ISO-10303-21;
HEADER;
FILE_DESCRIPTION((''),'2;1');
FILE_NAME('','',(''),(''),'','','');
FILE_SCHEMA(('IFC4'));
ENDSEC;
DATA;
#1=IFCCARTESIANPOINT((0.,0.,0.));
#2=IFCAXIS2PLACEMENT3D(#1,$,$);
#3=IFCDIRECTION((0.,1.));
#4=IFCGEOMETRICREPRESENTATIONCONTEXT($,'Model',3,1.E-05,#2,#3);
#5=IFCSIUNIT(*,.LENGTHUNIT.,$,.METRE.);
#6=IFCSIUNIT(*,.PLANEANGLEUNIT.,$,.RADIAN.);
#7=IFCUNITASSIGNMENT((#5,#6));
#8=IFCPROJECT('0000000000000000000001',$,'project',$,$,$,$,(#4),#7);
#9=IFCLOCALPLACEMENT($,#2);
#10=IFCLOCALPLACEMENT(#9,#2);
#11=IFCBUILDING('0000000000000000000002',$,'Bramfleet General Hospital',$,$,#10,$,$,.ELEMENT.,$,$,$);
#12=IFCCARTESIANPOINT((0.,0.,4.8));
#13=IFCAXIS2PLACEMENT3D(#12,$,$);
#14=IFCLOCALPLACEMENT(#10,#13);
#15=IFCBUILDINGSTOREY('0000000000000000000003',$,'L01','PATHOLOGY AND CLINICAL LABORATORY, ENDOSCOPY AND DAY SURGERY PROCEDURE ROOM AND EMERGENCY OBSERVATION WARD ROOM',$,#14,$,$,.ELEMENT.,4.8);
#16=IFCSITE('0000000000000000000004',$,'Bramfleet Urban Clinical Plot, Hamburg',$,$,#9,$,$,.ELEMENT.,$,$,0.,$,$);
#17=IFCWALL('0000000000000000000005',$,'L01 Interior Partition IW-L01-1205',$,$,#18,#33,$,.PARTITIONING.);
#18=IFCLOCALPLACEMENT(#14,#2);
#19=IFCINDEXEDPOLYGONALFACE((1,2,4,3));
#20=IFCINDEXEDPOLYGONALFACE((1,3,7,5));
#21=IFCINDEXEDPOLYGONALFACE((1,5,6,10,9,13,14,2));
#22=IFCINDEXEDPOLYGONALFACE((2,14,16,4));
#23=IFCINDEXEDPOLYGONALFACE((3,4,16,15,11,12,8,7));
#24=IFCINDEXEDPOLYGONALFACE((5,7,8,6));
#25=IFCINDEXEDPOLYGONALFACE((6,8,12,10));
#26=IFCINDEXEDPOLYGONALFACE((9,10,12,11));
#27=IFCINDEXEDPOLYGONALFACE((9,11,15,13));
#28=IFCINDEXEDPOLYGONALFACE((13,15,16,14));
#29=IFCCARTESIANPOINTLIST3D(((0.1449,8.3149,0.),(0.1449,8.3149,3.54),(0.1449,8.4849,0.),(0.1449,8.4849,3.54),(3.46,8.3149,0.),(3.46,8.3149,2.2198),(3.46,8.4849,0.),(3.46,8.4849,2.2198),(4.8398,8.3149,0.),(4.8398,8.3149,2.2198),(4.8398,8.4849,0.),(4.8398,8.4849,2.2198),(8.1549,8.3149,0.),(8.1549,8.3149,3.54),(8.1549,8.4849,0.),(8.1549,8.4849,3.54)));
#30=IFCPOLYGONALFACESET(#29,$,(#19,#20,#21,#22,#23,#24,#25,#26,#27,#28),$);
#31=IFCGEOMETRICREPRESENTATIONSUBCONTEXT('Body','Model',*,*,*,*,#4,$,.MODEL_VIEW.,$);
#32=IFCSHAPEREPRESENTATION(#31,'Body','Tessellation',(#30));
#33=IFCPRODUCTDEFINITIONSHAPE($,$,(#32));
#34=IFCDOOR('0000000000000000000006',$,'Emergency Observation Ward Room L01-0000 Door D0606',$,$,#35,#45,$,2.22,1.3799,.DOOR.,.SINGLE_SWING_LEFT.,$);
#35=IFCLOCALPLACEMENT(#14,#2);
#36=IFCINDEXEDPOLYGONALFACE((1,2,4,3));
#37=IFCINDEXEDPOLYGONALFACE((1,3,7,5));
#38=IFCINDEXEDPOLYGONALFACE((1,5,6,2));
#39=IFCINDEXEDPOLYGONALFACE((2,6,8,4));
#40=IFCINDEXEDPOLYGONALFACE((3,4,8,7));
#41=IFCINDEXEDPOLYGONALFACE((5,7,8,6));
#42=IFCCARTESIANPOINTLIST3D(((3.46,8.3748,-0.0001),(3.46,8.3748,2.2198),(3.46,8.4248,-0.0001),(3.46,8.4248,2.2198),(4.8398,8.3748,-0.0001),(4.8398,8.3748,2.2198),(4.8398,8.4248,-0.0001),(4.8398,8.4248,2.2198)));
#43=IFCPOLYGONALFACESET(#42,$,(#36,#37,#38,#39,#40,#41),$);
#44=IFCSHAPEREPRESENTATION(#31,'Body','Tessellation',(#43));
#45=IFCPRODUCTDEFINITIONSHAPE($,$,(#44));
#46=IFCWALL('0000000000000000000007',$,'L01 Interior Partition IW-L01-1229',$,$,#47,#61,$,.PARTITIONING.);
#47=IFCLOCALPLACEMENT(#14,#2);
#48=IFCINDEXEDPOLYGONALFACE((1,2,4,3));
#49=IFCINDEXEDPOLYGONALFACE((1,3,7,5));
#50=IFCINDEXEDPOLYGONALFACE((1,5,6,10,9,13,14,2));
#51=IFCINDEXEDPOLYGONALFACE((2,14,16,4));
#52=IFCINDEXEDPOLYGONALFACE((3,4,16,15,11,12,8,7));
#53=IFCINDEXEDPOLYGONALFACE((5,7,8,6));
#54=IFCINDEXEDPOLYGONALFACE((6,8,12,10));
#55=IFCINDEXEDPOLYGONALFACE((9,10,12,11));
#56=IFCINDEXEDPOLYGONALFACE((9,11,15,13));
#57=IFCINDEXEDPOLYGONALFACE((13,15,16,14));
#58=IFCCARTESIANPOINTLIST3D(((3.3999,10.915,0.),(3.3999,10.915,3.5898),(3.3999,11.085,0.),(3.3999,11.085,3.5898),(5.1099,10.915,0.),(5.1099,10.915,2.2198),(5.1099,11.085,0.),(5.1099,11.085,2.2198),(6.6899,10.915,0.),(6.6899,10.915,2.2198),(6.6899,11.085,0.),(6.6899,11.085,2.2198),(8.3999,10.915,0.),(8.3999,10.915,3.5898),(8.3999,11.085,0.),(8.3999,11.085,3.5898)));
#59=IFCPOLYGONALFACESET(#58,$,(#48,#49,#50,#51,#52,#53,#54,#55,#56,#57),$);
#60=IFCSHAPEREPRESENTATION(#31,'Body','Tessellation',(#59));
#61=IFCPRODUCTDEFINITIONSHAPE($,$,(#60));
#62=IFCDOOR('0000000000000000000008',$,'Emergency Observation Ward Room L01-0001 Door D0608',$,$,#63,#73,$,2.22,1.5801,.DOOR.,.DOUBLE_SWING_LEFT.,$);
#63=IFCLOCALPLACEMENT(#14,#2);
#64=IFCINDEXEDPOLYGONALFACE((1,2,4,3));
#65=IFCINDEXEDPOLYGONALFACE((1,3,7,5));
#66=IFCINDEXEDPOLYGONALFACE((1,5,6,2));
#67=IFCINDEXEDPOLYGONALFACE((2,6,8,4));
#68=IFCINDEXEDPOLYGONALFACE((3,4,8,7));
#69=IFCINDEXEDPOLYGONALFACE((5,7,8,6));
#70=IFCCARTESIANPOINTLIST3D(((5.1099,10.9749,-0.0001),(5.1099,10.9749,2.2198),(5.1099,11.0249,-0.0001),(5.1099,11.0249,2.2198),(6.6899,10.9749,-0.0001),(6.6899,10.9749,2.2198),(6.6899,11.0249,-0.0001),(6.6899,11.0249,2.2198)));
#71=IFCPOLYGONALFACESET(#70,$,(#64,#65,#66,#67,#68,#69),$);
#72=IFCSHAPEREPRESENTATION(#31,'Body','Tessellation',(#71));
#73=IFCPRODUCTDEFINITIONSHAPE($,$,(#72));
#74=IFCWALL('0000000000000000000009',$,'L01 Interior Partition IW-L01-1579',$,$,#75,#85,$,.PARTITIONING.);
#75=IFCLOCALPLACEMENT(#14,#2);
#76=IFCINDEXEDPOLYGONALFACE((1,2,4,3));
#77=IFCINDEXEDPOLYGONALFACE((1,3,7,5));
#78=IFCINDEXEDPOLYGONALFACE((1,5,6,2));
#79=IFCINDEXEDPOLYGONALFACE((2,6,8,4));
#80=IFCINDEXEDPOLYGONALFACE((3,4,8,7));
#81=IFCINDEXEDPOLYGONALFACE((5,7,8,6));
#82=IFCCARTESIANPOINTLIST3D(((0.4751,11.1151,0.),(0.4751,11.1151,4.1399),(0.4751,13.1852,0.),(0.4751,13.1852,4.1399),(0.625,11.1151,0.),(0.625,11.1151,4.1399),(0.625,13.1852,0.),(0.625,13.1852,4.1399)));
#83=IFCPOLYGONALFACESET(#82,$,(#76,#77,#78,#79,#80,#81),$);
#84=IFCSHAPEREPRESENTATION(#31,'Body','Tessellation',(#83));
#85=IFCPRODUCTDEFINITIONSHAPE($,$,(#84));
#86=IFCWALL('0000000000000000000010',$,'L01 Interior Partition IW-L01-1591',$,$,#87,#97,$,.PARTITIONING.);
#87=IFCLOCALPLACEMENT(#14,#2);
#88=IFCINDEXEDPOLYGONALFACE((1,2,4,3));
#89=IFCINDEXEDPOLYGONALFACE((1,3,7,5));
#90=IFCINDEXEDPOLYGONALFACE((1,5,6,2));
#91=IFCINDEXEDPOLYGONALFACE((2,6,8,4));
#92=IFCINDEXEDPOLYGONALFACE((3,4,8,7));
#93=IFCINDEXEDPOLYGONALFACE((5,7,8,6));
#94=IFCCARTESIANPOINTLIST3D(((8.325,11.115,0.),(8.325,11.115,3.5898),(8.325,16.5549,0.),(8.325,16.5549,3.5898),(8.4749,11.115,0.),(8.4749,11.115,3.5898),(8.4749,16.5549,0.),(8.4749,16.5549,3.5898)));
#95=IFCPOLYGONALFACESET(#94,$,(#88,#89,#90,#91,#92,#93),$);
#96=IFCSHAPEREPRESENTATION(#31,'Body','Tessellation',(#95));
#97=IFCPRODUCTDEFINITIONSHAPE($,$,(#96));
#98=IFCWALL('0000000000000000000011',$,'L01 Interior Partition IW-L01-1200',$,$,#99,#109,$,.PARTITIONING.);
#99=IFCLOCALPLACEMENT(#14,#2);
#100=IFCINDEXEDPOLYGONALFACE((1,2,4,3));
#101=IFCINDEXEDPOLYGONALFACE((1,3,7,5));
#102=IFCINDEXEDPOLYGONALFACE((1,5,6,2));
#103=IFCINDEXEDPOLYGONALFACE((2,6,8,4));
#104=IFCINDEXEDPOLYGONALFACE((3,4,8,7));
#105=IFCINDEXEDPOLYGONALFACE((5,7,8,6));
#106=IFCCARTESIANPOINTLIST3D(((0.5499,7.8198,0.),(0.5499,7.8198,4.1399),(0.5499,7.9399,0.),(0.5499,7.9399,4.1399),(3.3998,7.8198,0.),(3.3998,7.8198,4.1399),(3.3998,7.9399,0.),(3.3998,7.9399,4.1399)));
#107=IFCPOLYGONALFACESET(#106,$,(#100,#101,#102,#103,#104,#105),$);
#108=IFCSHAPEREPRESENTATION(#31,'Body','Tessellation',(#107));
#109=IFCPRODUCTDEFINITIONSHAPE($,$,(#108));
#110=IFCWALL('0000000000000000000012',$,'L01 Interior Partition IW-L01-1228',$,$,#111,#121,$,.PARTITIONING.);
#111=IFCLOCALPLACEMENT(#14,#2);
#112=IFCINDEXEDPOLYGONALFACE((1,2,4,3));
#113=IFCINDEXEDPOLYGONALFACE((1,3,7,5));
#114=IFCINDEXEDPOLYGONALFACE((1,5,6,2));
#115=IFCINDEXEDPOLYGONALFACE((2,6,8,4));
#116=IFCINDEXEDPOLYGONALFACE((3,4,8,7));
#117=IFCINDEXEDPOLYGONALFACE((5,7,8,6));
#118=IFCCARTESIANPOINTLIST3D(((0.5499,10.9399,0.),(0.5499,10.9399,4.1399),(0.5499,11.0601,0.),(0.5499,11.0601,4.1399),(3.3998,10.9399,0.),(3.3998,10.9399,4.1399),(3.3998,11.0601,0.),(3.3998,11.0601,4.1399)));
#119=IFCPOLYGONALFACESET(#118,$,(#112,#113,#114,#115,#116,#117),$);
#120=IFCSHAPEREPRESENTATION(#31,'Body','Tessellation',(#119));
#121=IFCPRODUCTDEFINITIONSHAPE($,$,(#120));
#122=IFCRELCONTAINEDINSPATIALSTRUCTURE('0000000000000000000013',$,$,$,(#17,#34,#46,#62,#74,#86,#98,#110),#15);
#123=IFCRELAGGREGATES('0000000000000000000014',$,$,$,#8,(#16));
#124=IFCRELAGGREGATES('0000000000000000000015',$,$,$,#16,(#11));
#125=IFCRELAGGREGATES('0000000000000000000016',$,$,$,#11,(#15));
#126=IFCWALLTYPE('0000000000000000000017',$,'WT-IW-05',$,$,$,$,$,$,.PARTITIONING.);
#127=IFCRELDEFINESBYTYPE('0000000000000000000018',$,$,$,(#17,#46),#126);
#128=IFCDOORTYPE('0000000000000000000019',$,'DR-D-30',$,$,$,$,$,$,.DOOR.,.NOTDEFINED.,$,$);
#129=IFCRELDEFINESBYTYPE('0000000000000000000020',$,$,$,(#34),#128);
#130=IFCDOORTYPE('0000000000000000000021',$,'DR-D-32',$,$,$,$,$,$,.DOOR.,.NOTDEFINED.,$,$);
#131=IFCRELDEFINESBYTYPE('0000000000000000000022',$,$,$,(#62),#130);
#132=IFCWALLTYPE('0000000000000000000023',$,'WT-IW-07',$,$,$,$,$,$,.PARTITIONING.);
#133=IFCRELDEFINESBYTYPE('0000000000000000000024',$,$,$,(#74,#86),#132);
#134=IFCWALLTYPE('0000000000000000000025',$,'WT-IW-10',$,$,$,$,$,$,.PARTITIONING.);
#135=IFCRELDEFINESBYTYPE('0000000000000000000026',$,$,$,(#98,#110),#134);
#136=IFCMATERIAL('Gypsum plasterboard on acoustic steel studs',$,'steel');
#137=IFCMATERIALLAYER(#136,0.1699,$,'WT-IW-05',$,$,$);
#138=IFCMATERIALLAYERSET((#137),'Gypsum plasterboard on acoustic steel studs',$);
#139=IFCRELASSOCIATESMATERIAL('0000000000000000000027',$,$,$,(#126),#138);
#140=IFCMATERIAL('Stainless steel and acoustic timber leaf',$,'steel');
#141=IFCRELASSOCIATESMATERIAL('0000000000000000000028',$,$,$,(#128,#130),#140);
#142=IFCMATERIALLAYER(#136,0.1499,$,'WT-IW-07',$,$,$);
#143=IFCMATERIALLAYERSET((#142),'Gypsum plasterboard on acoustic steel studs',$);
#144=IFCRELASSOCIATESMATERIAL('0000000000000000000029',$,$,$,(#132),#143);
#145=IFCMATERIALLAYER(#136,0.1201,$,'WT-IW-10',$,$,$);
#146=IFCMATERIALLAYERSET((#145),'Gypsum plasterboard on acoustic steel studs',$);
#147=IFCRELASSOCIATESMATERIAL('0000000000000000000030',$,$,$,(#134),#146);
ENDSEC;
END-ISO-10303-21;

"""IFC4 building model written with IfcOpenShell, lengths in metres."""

from ifc_helpers import new_model, si_unit, direction, frame, frame_2d, origin, place, context, subcontext, project, spatial, rectangle, extrude, material, layer, layer_set, type_object, element, fill, save


model = new_model("IFC4")

# Units and contexts
model_context = context("Model", 3, precision=1e-05, world=origin(), true_north=direction((0.0, 1.0)))
body_context = subcontext(model_context, "Body", "Model", "MODEL_VIEW")
ifc_project = project(units=[si_unit("LENGTHUNIT", "METRE"), si_unit("PLANEANGLEUNIT", "RADIAN")], contexts=[model_context])

# Site, building, storey
site_placement = place(None, origin())
site = spatial("IfcSite", under=ifc_project, at=site_placement, Name="Bramfleet Urban Clinical Plot, Hamburg", CompositionType="ELEMENT", RefElevation=0.0)
building_placement = place(site_placement, origin())
building = spatial("IfcBuilding", under=site, at=building_placement, Name="Bramfleet General Hospital", CompositionType="ELEMENT")
storey_placement = place(building_placement, frame((0.0, 0.0, 4.8)))
storey = spatial("IfcBuildingStorey", under=building, at=storey_placement, Name="L01", Description="PATHOLOGY AND CLINICAL LABORATORY, ENDOSCOPY AND DAY SURGERY PROCEDURE ROOM AND EMERGENCY OBSERVATION WARD ROOM", CompositionType="ELEMENT", Elevation=4.8)

# Walls, openings, doors
ifc_material_1 = material(Name="Gypsum plasterboard on acoustic steel studs", Category="steel")
ifc_layer_1 = layer(ifc_material_1, 0.1699, Name="WT-IW-05")
ifc_layer_set_1 = layer_set([ifc_layer_1], Name="Gypsum plasterboard on acoustic steel studs")
wall_type_1 = type_object("IfcWallType", Name="WT-IW-05", PredefinedType="PARTITIONING", material=ifc_layer_set_1)
wall_1_placement = place(storey_placement, frame((0.145, 8.3999, 0.0), z_axis=(0.0, 0.0, 1.0), x_axis=(1.0, 0.0, 0.0)))
wall_1 = element("IfcWall", 1, at=wall_1_placement, inside=storey, type_object=wall_type_1, Name="L01 Interior Partition IW-L01-1205", PredefinedType="PARTITIONING", context=body_context, shape_type="SweptSolid", body=[
    extrude(rectangle(XDim=8.01, YDim=0.1699, at=frame_2d((4.0049, 0.0))), origin(), (0.0, 0.0, 1.0), 3.54),
])
opening_1_placement = place(wall_1_placement, frame((3.3149, 0.0, 0.0)))
opening_1 = element("IfcOpeningElement", 2, at=opening_1_placement, cuts=wall_1, PredefinedType="OPENING", context=body_context, shape_type="SweptSolid", body=[
    extrude(rectangle(XDim=1.3799, YDim=2.22, at=frame_2d((0.6899, 1.1099))), frame((0.0, 0.095, 0.0), z_axis=(0.0, -1.0, 0.0), x_axis=(1.0, 0.0, 0.0)), (0.0, 0.0, 1.0), 0.1899),
])
ifc_material_2 = material(Name="Stainless steel and acoustic timber leaf", Category="steel")
door_type_1 = type_object("IfcDoorType", Name="DR-D-30", OperationType="NOTDEFINED", PredefinedType="DOOR", material=ifc_material_2)
door_1_placement = place(opening_1_placement, origin())
door_1 = element("IfcDoor", 3, at=door_1_placement, inside=storey, type_object=door_type_1, Name="Emergency Observation Ward Room L01-0000 Door D0606", OperationType="SINGLE_SWING_LEFT", OverallHeight=2.22, OverallWidth=1.3799, PredefinedType="DOOR", context=body_context, shape_type="SweptSolid", body=[
    extrude(rectangle(XDim=1.3799, YDim=2.22, at=frame_2d((0.6899, 1.1099))), frame((0.0, 0.0249, 0.0), z_axis=(0.0, -1.0, 0.0), x_axis=(1.0, 0.0, 0.0)), (0.0, 0.0, 1.0), 0.05),
])
fill(opening_1, door_1)
wall_2_placement = place(storey_placement, frame((3.3999, 11.0, 0.0), z_axis=(0.0, 0.0, 1.0), x_axis=(1.0, 0.0, 0.0)))
wall_2 = element("IfcWall", 4, at=wall_2_placement, inside=storey, type_object=wall_type_1, Name="L01 Interior Partition IW-L01-1229", PredefinedType="PARTITIONING", context=body_context, shape_type="SweptSolid", body=[
    extrude(rectangle(XDim=5.0, YDim=0.1699, at=frame_2d((2.5, 0.0))), origin(), (0.0, 0.0, 1.0), 3.5898),
])
opening_2_placement = place(wall_2_placement, frame((1.71, 0.0, 0.0)))
opening_2 = element("IfcOpeningElement", 5, at=opening_2_placement, cuts=wall_2, PredefinedType="OPENING", context=body_context, shape_type="SweptSolid", body=[
    extrude(rectangle(XDim=1.5801, YDim=2.22, at=frame_2d((0.79, 1.1099))), frame((0.0, 0.095, 0.0), z_axis=(0.0, -1.0, 0.0), x_axis=(1.0, 0.0, 0.0)), (0.0, 0.0, 1.0), 0.1899),
])
door_type_2 = type_object("IfcDoorType", Name="DR-D-32", OperationType="NOTDEFINED", PredefinedType="DOOR", material=ifc_material_2)
door_2_placement = place(opening_2_placement, origin())
door_2 = element("IfcDoor", 6, at=door_2_placement, inside=storey, type_object=door_type_2, Name="Emergency Observation Ward Room L01-0001 Door D0608", OperationType="DOUBLE_SWING_LEFT", OverallHeight=2.22, OverallWidth=1.5801, PredefinedType="DOOR", context=body_context, shape_type="SweptSolid", body=[
    extrude(rectangle(XDim=1.5801, YDim=2.22, at=frame_2d((0.79, 1.1099))), frame((0.0, 0.0249, 0.0), z_axis=(0.0, -1.0, 0.0), x_axis=(1.0, 0.0, 0.0)), (0.0, 0.0, 1.0), 0.05),
])
fill(opening_2, door_2)

# Walls
ifc_layer_2 = layer(ifc_material_1, 0.1499, Name="WT-IW-07")
ifc_layer_set_2 = layer_set([ifc_layer_2], Name="Gypsum plasterboard on acoustic steel studs")
wall_type_2 = type_object("IfcWallType", Name="WT-IW-07", PredefinedType="PARTITIONING", material=ifc_layer_set_2)
wall_3_placement = place(storey_placement, frame((0.55, 11.115, 0.0), z_axis=(0.0, 0.0, 1.0), x_axis=(0.0, 1.0, 0.0)))
element("IfcWall", 7, at=wall_3_placement, inside=storey, type_object=wall_type_2, Name="L01 Interior Partition IW-L01-1579", PredefinedType="PARTITIONING", context=body_context, shape_type="SweptSolid", body=[
    extrude(rectangle(XDim=2.0701, YDim=0.1499, at=frame_2d((1.0352, 0.0))), origin(), (0.0, 0.0, 1.0), 4.1399),
])
wall_4_placement = place(storey_placement, frame((8.3999, 11.115, 0.0), z_axis=(0.0, 0.0, 1.0), x_axis=(0.0, 1.0, 0.0)))
element("IfcWall", 8, at=wall_4_placement, inside=storey, type_object=wall_type_2, Name="L01 Interior Partition IW-L01-1591", PredefinedType="PARTITIONING", context=body_context, shape_type="SweptSolid", body=[
    extrude(rectangle(XDim=5.4399, YDim=0.1499, at=frame_2d((2.72, 0.0))), origin(), (0.0, 0.0, 1.0), 3.5898),
])
ifc_layer_3 = layer(ifc_material_1, 0.1201, Name="WT-IW-10")
ifc_layer_set_3 = layer_set([ifc_layer_3], Name="Gypsum plasterboard on acoustic steel studs")
wall_type_3 = type_object("IfcWallType", Name="WT-IW-10", PredefinedType="PARTITIONING", material=ifc_layer_set_3)
for number, where, z_axis, x_axis, name in (
    (9, (0.55, 7.8799, 0.0), (0.0, 0.0, 1.0), (1.0, 0.0, 0.0), "L01 Interior Partition IW-L01-1200"),
    (10, (0.55, 11.0, 0.0), (0.0, 0.0, 1.0), (1.0, 0.0, 0.0), "L01 Interior Partition IW-L01-1228"),
):
    element("IfcWall", number, at=place(storey_placement, frame(where, z_axis=z_axis, x_axis=x_axis)), inside=storey, type_object=wall_type_3, Name=name, PredefinedType="PARTITIONING", context=body_context, shape_type="SweptSolid", body=[
        extrude(rectangle(XDim=2.8499, YDim=0.1201, at=frame_2d((1.4248, 0.0))), origin(), (0.0, 0.0, 1.0), 4.1399),
    ])

save(model, "model.ifc")
